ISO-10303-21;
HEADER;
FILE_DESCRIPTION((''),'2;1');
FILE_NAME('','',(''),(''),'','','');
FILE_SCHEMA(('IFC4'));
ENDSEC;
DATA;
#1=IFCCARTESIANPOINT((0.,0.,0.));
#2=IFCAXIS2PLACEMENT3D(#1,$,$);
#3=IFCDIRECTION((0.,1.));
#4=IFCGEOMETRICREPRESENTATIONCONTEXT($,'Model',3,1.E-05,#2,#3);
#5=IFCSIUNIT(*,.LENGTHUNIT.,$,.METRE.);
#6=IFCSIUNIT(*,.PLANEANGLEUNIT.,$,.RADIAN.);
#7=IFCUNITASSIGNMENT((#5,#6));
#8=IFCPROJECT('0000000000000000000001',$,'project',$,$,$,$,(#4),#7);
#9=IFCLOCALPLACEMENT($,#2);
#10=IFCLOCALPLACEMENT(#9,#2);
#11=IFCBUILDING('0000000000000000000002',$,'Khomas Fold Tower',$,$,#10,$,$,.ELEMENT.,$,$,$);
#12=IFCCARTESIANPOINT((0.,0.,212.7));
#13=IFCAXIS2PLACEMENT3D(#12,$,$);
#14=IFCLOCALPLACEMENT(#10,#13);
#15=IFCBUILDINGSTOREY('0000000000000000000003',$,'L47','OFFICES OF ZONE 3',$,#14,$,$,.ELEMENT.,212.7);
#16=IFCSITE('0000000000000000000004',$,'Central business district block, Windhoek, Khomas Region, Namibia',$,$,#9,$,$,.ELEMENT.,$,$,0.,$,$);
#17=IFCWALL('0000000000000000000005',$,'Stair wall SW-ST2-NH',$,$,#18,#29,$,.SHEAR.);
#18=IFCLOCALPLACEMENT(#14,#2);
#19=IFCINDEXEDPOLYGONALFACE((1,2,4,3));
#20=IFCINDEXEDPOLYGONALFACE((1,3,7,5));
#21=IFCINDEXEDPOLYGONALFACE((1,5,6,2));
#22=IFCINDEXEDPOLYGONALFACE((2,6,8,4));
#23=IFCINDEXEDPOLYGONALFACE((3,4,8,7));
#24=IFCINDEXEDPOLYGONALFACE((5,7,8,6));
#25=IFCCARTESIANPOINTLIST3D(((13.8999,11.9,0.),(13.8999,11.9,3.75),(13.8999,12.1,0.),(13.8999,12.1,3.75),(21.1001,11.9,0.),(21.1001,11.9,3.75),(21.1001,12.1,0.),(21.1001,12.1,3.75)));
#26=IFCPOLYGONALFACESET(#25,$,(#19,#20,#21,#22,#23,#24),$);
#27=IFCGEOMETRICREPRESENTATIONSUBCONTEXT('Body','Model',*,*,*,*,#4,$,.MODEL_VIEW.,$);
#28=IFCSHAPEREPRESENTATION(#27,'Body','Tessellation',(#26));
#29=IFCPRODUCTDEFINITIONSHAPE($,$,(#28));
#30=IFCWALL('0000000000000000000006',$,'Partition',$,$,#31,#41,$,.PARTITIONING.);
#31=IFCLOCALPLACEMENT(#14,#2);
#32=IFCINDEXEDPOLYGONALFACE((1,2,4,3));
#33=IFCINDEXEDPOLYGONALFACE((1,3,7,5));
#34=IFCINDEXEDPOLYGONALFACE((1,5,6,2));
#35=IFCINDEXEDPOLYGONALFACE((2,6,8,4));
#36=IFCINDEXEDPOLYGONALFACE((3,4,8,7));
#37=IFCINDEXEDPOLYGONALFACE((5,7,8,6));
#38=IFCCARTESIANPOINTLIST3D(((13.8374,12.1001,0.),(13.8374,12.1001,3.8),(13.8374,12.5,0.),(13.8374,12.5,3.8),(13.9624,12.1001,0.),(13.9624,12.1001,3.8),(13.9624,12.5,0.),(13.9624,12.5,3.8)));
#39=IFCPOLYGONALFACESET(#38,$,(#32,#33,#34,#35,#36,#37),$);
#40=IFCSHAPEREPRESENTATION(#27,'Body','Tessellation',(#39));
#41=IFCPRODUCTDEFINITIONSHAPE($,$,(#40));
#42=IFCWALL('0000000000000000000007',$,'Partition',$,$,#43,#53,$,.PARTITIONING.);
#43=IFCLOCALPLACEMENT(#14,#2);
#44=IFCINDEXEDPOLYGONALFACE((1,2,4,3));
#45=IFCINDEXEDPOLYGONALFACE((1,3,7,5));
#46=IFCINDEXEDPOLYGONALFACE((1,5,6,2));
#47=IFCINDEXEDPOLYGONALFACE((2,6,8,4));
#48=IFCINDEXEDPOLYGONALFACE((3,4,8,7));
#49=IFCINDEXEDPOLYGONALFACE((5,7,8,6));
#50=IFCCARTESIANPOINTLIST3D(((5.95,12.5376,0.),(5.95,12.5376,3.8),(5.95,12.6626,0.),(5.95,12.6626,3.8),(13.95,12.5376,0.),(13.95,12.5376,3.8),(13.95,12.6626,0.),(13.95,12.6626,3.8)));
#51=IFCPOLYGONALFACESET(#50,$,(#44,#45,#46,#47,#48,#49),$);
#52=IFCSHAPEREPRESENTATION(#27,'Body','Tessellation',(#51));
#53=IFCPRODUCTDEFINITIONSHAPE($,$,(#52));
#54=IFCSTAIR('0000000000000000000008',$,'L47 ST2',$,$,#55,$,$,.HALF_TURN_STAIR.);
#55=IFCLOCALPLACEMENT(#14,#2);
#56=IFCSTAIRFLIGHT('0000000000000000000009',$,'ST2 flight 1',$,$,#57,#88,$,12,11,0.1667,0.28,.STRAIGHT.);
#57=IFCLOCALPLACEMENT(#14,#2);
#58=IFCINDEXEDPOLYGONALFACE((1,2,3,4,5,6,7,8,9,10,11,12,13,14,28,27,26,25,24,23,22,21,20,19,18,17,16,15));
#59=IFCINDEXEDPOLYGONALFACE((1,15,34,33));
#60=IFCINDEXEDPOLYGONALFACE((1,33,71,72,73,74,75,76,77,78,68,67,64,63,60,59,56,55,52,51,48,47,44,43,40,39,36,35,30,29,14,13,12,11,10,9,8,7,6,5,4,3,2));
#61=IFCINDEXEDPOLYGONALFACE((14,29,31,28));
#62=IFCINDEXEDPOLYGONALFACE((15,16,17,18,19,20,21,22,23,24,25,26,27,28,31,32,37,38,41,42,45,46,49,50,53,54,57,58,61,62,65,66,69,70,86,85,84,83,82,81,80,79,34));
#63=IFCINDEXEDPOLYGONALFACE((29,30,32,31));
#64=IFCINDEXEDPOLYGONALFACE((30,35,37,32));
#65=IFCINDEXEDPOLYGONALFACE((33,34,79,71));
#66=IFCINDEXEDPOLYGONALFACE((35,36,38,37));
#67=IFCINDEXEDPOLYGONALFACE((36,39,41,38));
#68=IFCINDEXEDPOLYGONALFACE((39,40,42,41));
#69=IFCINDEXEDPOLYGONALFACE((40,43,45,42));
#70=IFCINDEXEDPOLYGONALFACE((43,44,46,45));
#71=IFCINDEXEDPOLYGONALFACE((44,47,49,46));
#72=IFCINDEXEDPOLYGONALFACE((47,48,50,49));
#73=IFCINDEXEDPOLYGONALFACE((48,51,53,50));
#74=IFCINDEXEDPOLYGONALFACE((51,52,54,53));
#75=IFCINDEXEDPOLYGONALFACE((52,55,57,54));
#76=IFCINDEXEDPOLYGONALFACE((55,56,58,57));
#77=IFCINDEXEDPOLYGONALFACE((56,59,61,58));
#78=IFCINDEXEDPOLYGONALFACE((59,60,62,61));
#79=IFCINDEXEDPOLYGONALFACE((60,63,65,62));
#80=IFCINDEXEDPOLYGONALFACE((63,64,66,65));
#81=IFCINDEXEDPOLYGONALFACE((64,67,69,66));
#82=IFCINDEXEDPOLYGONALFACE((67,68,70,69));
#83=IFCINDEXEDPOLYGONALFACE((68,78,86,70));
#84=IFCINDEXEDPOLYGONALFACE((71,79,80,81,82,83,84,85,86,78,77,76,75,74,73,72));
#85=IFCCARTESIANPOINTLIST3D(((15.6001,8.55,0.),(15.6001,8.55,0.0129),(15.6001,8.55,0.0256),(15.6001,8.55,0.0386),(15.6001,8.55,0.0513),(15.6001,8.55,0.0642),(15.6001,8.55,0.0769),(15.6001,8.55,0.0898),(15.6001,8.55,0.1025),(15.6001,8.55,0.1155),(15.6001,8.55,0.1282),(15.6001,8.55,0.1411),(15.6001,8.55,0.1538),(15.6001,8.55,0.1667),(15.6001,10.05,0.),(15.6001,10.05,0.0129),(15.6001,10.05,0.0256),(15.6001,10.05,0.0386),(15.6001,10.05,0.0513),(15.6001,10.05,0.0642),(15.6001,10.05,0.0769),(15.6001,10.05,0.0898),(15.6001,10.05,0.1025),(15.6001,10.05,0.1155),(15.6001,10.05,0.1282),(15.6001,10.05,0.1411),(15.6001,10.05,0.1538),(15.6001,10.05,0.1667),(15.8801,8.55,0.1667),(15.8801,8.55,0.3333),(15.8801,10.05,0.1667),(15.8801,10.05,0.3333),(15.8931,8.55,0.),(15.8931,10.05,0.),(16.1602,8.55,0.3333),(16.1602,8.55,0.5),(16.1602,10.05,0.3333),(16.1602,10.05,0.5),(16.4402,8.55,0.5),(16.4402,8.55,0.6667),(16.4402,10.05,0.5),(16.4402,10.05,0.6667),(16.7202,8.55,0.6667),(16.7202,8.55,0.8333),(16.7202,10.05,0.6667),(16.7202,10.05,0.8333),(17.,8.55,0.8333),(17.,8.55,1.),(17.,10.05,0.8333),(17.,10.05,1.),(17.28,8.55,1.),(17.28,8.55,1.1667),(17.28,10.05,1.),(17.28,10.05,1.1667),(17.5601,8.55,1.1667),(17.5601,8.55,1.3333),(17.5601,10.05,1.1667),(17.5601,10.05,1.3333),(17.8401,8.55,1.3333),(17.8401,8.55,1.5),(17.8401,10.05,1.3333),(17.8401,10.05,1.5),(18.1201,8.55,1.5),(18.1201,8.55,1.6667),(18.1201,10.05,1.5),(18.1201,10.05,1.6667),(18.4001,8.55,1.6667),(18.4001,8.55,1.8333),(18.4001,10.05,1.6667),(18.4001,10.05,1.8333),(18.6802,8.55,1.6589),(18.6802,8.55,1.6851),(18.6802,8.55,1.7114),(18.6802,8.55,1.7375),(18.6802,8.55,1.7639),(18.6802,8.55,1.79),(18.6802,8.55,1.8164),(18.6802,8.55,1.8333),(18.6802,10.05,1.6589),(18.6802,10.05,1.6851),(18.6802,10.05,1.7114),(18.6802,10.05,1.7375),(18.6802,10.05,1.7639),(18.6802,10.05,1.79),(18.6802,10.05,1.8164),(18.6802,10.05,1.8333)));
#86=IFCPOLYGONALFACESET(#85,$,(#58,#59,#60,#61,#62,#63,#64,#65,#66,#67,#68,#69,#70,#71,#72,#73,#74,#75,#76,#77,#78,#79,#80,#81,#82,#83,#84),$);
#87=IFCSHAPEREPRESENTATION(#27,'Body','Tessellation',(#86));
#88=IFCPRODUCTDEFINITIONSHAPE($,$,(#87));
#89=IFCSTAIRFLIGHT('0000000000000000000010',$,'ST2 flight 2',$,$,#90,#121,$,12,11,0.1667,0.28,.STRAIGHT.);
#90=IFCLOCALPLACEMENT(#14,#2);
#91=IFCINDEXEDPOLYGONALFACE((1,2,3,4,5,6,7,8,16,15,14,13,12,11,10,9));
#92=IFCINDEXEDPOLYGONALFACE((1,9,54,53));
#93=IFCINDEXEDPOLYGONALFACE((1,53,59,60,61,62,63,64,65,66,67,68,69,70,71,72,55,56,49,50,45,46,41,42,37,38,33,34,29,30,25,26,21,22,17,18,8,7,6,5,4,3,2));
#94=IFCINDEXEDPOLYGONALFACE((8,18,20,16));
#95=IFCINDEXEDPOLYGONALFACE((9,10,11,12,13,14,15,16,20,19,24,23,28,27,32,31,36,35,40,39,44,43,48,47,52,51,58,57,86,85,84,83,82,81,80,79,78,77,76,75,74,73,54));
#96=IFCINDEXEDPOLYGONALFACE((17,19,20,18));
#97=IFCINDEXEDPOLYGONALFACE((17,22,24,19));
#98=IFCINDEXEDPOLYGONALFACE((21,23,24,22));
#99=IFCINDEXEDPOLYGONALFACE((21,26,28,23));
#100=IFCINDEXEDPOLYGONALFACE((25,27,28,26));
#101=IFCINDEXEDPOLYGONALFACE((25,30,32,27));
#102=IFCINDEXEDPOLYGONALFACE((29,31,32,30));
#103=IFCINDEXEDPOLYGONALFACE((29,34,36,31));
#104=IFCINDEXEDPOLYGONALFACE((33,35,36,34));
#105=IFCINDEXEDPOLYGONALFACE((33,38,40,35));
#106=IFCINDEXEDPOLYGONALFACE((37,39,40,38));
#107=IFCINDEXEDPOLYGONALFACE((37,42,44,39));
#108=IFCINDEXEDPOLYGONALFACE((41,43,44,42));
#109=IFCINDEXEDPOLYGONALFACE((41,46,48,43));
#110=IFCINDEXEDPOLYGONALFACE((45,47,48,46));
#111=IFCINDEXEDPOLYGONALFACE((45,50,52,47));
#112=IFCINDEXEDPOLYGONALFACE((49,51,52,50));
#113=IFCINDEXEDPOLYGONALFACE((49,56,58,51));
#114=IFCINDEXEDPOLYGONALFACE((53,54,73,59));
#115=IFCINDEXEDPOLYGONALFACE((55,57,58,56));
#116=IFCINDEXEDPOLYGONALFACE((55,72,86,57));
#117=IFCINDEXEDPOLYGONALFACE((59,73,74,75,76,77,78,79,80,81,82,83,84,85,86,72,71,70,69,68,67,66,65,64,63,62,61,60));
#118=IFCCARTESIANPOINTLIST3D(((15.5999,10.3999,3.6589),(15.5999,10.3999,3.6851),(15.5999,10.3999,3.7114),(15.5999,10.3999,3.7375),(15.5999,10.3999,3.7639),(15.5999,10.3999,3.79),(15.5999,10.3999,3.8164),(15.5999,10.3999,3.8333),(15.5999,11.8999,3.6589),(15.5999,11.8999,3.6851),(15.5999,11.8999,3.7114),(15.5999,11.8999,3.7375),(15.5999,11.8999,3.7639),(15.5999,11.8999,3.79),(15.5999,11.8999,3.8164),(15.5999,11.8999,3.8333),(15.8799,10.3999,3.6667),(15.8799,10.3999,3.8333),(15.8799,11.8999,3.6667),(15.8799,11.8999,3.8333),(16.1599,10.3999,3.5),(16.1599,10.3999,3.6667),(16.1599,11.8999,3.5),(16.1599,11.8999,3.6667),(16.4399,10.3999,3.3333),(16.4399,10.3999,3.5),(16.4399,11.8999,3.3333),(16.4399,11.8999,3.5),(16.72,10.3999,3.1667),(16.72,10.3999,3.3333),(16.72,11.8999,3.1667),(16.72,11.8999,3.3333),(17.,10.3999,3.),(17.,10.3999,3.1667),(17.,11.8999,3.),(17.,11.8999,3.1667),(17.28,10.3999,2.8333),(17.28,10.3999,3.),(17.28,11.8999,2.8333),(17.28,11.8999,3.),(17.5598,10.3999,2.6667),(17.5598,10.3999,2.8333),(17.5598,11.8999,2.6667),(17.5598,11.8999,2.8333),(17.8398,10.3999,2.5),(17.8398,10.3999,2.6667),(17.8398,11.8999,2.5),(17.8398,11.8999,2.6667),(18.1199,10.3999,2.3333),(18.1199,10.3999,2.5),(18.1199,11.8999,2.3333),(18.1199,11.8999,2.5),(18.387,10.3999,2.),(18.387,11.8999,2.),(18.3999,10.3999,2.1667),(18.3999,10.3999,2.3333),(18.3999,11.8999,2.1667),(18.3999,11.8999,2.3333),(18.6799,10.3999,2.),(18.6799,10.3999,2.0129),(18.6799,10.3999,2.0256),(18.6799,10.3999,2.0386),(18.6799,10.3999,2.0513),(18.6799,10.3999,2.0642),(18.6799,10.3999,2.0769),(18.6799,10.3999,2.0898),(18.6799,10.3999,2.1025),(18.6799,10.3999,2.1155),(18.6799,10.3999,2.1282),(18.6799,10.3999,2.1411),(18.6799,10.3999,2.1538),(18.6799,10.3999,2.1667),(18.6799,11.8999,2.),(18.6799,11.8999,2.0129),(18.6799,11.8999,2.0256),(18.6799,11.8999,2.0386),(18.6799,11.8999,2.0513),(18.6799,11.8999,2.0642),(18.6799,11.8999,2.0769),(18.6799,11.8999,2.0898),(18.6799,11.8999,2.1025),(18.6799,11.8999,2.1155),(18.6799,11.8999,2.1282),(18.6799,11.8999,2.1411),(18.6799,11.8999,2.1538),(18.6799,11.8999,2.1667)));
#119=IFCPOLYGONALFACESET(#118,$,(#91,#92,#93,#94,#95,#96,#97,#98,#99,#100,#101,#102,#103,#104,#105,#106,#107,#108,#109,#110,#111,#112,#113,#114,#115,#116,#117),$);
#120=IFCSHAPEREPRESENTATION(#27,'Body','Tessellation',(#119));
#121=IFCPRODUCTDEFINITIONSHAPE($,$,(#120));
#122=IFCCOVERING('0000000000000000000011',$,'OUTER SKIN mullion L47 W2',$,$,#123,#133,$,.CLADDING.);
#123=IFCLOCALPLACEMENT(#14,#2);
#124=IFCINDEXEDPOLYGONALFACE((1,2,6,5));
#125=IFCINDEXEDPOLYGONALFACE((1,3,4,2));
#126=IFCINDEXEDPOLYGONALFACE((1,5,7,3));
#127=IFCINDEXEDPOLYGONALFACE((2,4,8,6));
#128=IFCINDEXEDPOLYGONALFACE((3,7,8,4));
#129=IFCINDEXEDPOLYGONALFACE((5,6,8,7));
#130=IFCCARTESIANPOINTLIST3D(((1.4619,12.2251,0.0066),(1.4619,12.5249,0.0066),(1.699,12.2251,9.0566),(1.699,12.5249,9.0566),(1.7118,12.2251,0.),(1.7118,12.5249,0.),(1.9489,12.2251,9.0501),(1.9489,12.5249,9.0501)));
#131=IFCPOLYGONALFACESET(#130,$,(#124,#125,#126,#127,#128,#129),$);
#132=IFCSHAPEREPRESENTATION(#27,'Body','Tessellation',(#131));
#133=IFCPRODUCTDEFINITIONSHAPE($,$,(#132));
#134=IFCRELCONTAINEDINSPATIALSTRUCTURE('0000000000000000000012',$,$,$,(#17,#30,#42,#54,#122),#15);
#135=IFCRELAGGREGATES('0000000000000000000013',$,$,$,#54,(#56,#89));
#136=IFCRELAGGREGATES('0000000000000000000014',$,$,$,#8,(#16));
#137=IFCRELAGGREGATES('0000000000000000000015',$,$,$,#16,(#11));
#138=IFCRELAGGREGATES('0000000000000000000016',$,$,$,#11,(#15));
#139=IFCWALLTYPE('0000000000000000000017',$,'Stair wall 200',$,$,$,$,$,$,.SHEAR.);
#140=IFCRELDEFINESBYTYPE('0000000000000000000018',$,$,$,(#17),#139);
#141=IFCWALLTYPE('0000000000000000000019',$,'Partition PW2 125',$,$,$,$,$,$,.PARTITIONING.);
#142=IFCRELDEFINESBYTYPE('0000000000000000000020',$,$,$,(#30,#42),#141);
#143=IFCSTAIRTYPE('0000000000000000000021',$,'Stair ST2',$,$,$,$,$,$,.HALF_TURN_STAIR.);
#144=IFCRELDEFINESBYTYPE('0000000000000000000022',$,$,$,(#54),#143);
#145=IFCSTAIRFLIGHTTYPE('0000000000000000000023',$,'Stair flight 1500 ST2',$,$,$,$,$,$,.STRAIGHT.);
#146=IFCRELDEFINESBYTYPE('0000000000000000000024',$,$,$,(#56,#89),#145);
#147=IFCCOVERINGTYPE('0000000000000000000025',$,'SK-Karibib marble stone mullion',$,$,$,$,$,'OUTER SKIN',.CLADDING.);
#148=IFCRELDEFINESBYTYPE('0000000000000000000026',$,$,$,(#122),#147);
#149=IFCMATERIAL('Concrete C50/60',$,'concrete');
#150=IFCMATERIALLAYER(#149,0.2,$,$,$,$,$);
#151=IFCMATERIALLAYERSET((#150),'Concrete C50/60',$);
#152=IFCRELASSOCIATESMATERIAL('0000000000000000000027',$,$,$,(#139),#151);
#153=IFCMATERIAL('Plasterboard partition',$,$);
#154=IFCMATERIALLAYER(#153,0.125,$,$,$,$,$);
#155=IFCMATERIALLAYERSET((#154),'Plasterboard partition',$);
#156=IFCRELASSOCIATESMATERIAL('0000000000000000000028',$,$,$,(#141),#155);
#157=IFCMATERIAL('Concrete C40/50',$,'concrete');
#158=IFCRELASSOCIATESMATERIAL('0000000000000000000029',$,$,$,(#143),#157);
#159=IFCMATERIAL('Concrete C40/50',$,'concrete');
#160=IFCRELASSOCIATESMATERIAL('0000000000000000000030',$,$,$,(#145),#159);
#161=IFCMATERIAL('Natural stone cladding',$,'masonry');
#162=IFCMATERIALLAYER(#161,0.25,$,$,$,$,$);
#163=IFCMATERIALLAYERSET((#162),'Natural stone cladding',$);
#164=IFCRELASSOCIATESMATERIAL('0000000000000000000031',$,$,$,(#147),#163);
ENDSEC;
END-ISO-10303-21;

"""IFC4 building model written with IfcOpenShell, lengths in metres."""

from ifc_helpers import new_model, si_unit, direction, frame, frame_2d, origin, place, context, subcontext, project, spatial, polyline, rectangle, outline, extrude, source, transform, mapped, material, layer, layer_set, type_object, element, aggregate, save


model = new_model("IFC4")

# Units and contexts
model_context = context("Model", 3, precision=1e-05, world=origin(), true_north=direction((0.0, 1.0)))
body_context = subcontext(model_context, "Body", "Model", "MODEL_VIEW")
ifc_project = project(units=[si_unit("LENGTHUNIT", "METRE"), si_unit("PLANEANGLEUNIT", "RADIAN")], contexts=[model_context])

# Site, building, storey
site_placement = place(None, origin())
site = spatial("IfcSite", under=ifc_project, at=site_placement, Name="Central business district block, Windhoek, Khomas Region, Namibia", CompositionType="ELEMENT", RefElevation=0.0)
building_placement = place(site_placement, origin())
building = spatial("IfcBuilding", under=site, at=building_placement, Name="Khomas Fold Tower", CompositionType="ELEMENT")
storey_placement = place(building_placement, frame((0.0, 0.0, 212.7)))
storey = spatial("IfcBuildingStorey", under=building, at=storey_placement, Name="L47", Description="OFFICES OF ZONE 3", CompositionType="ELEMENT", Elevation=212.7)

# Walls
ifc_material_1 = material(Name="Concrete C50/60", Category="concrete")
ifc_layer_1 = layer(ifc_material_1, 0.2)
ifc_layer_set_1 = layer_set([ifc_layer_1], Name="Concrete C50/60")
wall_type_1 = type_object("IfcWallType", Name="Stair wall 200", PredefinedType="SHEAR", material=ifc_layer_set_1)
shared_shape_1 = source(origin(), body_context, "Body", "SweptSolid", [
    extrude(rectangle(XDim=7.2002, YDim=0.2, at=frame_2d((3.6001, 0.0))), origin(), (0.0, 0.0, 1.0), 3.75),
])
wall_1_placement = place(storey_placement, frame((13.8999, 12.0, 0.0), z_axis=(0.0, 0.0, 1.0), x_axis=(1.0, 0.0, 0.0)))
element("IfcWall", 1, at=wall_1_placement, inside=storey, type_object=wall_type_1, Name="Stair wall SW-ST2-NH", PredefinedType="SHEAR", context=body_context, shape_type="MappedRepresentation", body=[
    mapped(shared_shape_1, transform((0.0, 0.0, 0.0))),
])
ifc_material_2 = material(Name="Plasterboard partition")
ifc_layer_2 = layer(ifc_material_2, 0.125)
ifc_layer_set_2 = layer_set([ifc_layer_2], Name="Plasterboard partition")
wall_type_2 = type_object("IfcWallType", Name="Partition PW2 125", PredefinedType="PARTITIONING", material=ifc_layer_set_2)
shared_shape_2 = source(origin(), body_context, "Body", "SweptSolid", [
    extrude(rectangle(XDim=0.3999, YDim=0.125, at=frame_2d((0.2, 0.0))), origin(), (0.0, 0.0, 1.0), 3.8),
])
wall_2_placement = place(storey_placement, frame((13.8999, 12.1001, 0.0), z_axis=(0.0, 0.0, 1.0), x_axis=(0.0, 1.0, 0.0)))
element("IfcWall", 2, at=wall_2_placement, inside=storey, type_object=wall_type_2, Name="Partition", PredefinedType="PARTITIONING", context=body_context, shape_type="MappedRepresentation", body=[
    mapped(shared_shape_2, transform((0.0, 0.0, 0.0))),
])
shared_shape_3 = source(origin(), body_context, "Body", "SweptSolid", [
    extrude(rectangle(XDim=8.0, YDim=0.125, at=frame_2d((4.0, 0.0))), origin(), (0.0, 0.0, 1.0), 3.8),
])
wall_3_placement = place(storey_placement, frame((5.95, 12.6001, 0.0), z_axis=(0.0, 0.0, 1.0), x_axis=(1.0, 0.0, 0.0)))
element("IfcWall", 3, at=wall_3_placement, inside=storey, type_object=wall_type_2, Name="Partition", PredefinedType="PARTITIONING", context=body_context, shape_type="MappedRepresentation", body=[
    mapped(shared_shape_3, transform((0.0, 0.0, 0.0))),
])

# Stair, stair flights
ifc_material_3 = material(Name="Concrete C40/50", Category="concrete")
stair_type = type_object("IfcStairType", Name="Stair ST2", PredefinedType="HALF_TURN_STAIR", material=ifc_material_3)
stair_placement = place(storey_placement, origin())
stair = element("IfcStair", 4, at=stair_placement, inside=storey, type_object=stair_type, Name="L47 ST2", PredefinedType="HALF_TURN_STAIR")
ifc_material_4 = material(Name="Concrete C40/50", Category="concrete")
stair_flight_type = type_object("IfcStairFlightType", Name="Stair flight 1500 ST2", PredefinedType="STRAIGHT", material=ifc_material_4)
shared_shape_4 = source(origin(), body_context, "Body", "SweptSolid", [
    extrude(outline(polyline([(0.0, 0.0), (0.0, 0.0129), (0.0, 0.0256), (0.0, 0.0386), (0.0, 0.0513), (0.0, 0.0642), (0.0, 0.0769), (0.0, 0.0898), (0.0, 0.1025), (0.0, 0.1155), (0.0, 0.1282), (0.0, 0.1411), (0.0, 0.1538), (0.0, 0.1667), (0.28, 0.1667), (0.28, 0.3333), (0.5601, 0.3333), (0.5601, 0.5), (0.8401, 0.5), (0.8401, 0.6667), (1.1201, 0.6667), (1.1201, 0.8333), (1.3999, 0.8333), (1.3999, 1.0), (1.6799, 1.0), (1.6799, 1.1667), (1.96, 1.1667), (1.96, 1.3333), (2.24, 1.3333), (2.24, 1.5), (2.52, 1.5), (2.52, 1.6667), (2.8, 1.6667), (2.8, 1.8333), (3.0801, 1.8333), (3.0801, 2.0), (3.0801, 1.9739), (3.0801, 1.9475), (3.0801, 1.9214), (3.0801, 1.895), (3.0801, 1.8689), (3.0801, 1.8425), (3.0801, 1.8164), (3.0801, 1.79), (3.0801, 1.7639), (3.0801, 1.7375), (3.0801, 1.7114), (3.0801, 1.6851), (3.0801, 1.6589), (0.293, 0.0), (0.0, 0.0)])), frame((0.0, 0.75, 0.0), z_axis=(0.0, -1.0, 0.0), x_axis=(1.0, 0.0, 0.0)), (0.0, 0.0, 1.0), 1.5),
])
stair_flight_1_placement = place(storey_placement, frame((15.6001, 9.3, 0.0), z_axis=(0.0, 0.0, 1.0), x_axis=(1.0, 0.0, 0.0)))
stair_flight_1 = element("IfcStairFlight", 5, at=stair_flight_1_placement, type_object=stair_flight_type, Name="ST2 flight 1", NumberOfRisers=12, NumberOfTreads=11, PredefinedType="STRAIGHT", RiserHeight=0.1667, TreadLength=0.28, context=body_context, shape_type="MappedRepresentation", body=[
    mapped(shared_shape_4, transform((0.0, 0.0, 0.0))),
])
stair_flight_2_placement = place(storey_placement, frame((18.6799, 11.1499, 2.0), z_axis=(0.0, 0.0, 1.0), x_axis=(-1.0, 0.0, 0.0)))
stair_flight_2 = element("IfcStairFlight", 6, at=stair_flight_2_placement, type_object=stair_flight_type, Name="ST2 flight 2", NumberOfRisers=12, NumberOfTreads=11, PredefinedType="STRAIGHT", RiserHeight=0.1667, TreadLength=0.28, context=body_context, shape_type="MappedRepresentation", body=[
    mapped(shared_shape_4, transform((0.0, 0.0, 0.0))),
])
aggregate(stair, [stair_flight_1, stair_flight_2])

# Covering
ifc_material_5 = material(Name="Natural stone cladding", Category="masonry")
ifc_layer_3 = layer(ifc_material_5, 0.25)
ifc_layer_set_3 = layer_set([ifc_layer_3], Name="Natural stone cladding")
covering_type = type_object("IfcCoveringType", Name="SK-Karibib marble stone mullion", ElementType="OUTER SKIN", PredefinedType="CLADDING", material=ifc_layer_set_3)
covering_placement = place(storey_placement, frame((1.4619, 12.2251, 0.0066), z_axis=(-0.999657, 0.0, 0.026185), x_axis=(0.0, 1.0, 0.0)))
element("IfcCovering", 7, at=covering_placement, inside=storey, type_object=covering_type, Name="OUTER SKIN mullion L47 W2", PredefinedType="CLADDING", context=body_context, shape_type="SweptSolid", body=[
    extrude(outline(polyline([(0.0, 0.0), (0.2998, 0.0), (0.2998, -9.0532), (0.0, -9.0532), (0.0, 0.0)])), origin(), (0.0, 0.0, -1.0), 0.25),
])

save(model, "model.ifc")
